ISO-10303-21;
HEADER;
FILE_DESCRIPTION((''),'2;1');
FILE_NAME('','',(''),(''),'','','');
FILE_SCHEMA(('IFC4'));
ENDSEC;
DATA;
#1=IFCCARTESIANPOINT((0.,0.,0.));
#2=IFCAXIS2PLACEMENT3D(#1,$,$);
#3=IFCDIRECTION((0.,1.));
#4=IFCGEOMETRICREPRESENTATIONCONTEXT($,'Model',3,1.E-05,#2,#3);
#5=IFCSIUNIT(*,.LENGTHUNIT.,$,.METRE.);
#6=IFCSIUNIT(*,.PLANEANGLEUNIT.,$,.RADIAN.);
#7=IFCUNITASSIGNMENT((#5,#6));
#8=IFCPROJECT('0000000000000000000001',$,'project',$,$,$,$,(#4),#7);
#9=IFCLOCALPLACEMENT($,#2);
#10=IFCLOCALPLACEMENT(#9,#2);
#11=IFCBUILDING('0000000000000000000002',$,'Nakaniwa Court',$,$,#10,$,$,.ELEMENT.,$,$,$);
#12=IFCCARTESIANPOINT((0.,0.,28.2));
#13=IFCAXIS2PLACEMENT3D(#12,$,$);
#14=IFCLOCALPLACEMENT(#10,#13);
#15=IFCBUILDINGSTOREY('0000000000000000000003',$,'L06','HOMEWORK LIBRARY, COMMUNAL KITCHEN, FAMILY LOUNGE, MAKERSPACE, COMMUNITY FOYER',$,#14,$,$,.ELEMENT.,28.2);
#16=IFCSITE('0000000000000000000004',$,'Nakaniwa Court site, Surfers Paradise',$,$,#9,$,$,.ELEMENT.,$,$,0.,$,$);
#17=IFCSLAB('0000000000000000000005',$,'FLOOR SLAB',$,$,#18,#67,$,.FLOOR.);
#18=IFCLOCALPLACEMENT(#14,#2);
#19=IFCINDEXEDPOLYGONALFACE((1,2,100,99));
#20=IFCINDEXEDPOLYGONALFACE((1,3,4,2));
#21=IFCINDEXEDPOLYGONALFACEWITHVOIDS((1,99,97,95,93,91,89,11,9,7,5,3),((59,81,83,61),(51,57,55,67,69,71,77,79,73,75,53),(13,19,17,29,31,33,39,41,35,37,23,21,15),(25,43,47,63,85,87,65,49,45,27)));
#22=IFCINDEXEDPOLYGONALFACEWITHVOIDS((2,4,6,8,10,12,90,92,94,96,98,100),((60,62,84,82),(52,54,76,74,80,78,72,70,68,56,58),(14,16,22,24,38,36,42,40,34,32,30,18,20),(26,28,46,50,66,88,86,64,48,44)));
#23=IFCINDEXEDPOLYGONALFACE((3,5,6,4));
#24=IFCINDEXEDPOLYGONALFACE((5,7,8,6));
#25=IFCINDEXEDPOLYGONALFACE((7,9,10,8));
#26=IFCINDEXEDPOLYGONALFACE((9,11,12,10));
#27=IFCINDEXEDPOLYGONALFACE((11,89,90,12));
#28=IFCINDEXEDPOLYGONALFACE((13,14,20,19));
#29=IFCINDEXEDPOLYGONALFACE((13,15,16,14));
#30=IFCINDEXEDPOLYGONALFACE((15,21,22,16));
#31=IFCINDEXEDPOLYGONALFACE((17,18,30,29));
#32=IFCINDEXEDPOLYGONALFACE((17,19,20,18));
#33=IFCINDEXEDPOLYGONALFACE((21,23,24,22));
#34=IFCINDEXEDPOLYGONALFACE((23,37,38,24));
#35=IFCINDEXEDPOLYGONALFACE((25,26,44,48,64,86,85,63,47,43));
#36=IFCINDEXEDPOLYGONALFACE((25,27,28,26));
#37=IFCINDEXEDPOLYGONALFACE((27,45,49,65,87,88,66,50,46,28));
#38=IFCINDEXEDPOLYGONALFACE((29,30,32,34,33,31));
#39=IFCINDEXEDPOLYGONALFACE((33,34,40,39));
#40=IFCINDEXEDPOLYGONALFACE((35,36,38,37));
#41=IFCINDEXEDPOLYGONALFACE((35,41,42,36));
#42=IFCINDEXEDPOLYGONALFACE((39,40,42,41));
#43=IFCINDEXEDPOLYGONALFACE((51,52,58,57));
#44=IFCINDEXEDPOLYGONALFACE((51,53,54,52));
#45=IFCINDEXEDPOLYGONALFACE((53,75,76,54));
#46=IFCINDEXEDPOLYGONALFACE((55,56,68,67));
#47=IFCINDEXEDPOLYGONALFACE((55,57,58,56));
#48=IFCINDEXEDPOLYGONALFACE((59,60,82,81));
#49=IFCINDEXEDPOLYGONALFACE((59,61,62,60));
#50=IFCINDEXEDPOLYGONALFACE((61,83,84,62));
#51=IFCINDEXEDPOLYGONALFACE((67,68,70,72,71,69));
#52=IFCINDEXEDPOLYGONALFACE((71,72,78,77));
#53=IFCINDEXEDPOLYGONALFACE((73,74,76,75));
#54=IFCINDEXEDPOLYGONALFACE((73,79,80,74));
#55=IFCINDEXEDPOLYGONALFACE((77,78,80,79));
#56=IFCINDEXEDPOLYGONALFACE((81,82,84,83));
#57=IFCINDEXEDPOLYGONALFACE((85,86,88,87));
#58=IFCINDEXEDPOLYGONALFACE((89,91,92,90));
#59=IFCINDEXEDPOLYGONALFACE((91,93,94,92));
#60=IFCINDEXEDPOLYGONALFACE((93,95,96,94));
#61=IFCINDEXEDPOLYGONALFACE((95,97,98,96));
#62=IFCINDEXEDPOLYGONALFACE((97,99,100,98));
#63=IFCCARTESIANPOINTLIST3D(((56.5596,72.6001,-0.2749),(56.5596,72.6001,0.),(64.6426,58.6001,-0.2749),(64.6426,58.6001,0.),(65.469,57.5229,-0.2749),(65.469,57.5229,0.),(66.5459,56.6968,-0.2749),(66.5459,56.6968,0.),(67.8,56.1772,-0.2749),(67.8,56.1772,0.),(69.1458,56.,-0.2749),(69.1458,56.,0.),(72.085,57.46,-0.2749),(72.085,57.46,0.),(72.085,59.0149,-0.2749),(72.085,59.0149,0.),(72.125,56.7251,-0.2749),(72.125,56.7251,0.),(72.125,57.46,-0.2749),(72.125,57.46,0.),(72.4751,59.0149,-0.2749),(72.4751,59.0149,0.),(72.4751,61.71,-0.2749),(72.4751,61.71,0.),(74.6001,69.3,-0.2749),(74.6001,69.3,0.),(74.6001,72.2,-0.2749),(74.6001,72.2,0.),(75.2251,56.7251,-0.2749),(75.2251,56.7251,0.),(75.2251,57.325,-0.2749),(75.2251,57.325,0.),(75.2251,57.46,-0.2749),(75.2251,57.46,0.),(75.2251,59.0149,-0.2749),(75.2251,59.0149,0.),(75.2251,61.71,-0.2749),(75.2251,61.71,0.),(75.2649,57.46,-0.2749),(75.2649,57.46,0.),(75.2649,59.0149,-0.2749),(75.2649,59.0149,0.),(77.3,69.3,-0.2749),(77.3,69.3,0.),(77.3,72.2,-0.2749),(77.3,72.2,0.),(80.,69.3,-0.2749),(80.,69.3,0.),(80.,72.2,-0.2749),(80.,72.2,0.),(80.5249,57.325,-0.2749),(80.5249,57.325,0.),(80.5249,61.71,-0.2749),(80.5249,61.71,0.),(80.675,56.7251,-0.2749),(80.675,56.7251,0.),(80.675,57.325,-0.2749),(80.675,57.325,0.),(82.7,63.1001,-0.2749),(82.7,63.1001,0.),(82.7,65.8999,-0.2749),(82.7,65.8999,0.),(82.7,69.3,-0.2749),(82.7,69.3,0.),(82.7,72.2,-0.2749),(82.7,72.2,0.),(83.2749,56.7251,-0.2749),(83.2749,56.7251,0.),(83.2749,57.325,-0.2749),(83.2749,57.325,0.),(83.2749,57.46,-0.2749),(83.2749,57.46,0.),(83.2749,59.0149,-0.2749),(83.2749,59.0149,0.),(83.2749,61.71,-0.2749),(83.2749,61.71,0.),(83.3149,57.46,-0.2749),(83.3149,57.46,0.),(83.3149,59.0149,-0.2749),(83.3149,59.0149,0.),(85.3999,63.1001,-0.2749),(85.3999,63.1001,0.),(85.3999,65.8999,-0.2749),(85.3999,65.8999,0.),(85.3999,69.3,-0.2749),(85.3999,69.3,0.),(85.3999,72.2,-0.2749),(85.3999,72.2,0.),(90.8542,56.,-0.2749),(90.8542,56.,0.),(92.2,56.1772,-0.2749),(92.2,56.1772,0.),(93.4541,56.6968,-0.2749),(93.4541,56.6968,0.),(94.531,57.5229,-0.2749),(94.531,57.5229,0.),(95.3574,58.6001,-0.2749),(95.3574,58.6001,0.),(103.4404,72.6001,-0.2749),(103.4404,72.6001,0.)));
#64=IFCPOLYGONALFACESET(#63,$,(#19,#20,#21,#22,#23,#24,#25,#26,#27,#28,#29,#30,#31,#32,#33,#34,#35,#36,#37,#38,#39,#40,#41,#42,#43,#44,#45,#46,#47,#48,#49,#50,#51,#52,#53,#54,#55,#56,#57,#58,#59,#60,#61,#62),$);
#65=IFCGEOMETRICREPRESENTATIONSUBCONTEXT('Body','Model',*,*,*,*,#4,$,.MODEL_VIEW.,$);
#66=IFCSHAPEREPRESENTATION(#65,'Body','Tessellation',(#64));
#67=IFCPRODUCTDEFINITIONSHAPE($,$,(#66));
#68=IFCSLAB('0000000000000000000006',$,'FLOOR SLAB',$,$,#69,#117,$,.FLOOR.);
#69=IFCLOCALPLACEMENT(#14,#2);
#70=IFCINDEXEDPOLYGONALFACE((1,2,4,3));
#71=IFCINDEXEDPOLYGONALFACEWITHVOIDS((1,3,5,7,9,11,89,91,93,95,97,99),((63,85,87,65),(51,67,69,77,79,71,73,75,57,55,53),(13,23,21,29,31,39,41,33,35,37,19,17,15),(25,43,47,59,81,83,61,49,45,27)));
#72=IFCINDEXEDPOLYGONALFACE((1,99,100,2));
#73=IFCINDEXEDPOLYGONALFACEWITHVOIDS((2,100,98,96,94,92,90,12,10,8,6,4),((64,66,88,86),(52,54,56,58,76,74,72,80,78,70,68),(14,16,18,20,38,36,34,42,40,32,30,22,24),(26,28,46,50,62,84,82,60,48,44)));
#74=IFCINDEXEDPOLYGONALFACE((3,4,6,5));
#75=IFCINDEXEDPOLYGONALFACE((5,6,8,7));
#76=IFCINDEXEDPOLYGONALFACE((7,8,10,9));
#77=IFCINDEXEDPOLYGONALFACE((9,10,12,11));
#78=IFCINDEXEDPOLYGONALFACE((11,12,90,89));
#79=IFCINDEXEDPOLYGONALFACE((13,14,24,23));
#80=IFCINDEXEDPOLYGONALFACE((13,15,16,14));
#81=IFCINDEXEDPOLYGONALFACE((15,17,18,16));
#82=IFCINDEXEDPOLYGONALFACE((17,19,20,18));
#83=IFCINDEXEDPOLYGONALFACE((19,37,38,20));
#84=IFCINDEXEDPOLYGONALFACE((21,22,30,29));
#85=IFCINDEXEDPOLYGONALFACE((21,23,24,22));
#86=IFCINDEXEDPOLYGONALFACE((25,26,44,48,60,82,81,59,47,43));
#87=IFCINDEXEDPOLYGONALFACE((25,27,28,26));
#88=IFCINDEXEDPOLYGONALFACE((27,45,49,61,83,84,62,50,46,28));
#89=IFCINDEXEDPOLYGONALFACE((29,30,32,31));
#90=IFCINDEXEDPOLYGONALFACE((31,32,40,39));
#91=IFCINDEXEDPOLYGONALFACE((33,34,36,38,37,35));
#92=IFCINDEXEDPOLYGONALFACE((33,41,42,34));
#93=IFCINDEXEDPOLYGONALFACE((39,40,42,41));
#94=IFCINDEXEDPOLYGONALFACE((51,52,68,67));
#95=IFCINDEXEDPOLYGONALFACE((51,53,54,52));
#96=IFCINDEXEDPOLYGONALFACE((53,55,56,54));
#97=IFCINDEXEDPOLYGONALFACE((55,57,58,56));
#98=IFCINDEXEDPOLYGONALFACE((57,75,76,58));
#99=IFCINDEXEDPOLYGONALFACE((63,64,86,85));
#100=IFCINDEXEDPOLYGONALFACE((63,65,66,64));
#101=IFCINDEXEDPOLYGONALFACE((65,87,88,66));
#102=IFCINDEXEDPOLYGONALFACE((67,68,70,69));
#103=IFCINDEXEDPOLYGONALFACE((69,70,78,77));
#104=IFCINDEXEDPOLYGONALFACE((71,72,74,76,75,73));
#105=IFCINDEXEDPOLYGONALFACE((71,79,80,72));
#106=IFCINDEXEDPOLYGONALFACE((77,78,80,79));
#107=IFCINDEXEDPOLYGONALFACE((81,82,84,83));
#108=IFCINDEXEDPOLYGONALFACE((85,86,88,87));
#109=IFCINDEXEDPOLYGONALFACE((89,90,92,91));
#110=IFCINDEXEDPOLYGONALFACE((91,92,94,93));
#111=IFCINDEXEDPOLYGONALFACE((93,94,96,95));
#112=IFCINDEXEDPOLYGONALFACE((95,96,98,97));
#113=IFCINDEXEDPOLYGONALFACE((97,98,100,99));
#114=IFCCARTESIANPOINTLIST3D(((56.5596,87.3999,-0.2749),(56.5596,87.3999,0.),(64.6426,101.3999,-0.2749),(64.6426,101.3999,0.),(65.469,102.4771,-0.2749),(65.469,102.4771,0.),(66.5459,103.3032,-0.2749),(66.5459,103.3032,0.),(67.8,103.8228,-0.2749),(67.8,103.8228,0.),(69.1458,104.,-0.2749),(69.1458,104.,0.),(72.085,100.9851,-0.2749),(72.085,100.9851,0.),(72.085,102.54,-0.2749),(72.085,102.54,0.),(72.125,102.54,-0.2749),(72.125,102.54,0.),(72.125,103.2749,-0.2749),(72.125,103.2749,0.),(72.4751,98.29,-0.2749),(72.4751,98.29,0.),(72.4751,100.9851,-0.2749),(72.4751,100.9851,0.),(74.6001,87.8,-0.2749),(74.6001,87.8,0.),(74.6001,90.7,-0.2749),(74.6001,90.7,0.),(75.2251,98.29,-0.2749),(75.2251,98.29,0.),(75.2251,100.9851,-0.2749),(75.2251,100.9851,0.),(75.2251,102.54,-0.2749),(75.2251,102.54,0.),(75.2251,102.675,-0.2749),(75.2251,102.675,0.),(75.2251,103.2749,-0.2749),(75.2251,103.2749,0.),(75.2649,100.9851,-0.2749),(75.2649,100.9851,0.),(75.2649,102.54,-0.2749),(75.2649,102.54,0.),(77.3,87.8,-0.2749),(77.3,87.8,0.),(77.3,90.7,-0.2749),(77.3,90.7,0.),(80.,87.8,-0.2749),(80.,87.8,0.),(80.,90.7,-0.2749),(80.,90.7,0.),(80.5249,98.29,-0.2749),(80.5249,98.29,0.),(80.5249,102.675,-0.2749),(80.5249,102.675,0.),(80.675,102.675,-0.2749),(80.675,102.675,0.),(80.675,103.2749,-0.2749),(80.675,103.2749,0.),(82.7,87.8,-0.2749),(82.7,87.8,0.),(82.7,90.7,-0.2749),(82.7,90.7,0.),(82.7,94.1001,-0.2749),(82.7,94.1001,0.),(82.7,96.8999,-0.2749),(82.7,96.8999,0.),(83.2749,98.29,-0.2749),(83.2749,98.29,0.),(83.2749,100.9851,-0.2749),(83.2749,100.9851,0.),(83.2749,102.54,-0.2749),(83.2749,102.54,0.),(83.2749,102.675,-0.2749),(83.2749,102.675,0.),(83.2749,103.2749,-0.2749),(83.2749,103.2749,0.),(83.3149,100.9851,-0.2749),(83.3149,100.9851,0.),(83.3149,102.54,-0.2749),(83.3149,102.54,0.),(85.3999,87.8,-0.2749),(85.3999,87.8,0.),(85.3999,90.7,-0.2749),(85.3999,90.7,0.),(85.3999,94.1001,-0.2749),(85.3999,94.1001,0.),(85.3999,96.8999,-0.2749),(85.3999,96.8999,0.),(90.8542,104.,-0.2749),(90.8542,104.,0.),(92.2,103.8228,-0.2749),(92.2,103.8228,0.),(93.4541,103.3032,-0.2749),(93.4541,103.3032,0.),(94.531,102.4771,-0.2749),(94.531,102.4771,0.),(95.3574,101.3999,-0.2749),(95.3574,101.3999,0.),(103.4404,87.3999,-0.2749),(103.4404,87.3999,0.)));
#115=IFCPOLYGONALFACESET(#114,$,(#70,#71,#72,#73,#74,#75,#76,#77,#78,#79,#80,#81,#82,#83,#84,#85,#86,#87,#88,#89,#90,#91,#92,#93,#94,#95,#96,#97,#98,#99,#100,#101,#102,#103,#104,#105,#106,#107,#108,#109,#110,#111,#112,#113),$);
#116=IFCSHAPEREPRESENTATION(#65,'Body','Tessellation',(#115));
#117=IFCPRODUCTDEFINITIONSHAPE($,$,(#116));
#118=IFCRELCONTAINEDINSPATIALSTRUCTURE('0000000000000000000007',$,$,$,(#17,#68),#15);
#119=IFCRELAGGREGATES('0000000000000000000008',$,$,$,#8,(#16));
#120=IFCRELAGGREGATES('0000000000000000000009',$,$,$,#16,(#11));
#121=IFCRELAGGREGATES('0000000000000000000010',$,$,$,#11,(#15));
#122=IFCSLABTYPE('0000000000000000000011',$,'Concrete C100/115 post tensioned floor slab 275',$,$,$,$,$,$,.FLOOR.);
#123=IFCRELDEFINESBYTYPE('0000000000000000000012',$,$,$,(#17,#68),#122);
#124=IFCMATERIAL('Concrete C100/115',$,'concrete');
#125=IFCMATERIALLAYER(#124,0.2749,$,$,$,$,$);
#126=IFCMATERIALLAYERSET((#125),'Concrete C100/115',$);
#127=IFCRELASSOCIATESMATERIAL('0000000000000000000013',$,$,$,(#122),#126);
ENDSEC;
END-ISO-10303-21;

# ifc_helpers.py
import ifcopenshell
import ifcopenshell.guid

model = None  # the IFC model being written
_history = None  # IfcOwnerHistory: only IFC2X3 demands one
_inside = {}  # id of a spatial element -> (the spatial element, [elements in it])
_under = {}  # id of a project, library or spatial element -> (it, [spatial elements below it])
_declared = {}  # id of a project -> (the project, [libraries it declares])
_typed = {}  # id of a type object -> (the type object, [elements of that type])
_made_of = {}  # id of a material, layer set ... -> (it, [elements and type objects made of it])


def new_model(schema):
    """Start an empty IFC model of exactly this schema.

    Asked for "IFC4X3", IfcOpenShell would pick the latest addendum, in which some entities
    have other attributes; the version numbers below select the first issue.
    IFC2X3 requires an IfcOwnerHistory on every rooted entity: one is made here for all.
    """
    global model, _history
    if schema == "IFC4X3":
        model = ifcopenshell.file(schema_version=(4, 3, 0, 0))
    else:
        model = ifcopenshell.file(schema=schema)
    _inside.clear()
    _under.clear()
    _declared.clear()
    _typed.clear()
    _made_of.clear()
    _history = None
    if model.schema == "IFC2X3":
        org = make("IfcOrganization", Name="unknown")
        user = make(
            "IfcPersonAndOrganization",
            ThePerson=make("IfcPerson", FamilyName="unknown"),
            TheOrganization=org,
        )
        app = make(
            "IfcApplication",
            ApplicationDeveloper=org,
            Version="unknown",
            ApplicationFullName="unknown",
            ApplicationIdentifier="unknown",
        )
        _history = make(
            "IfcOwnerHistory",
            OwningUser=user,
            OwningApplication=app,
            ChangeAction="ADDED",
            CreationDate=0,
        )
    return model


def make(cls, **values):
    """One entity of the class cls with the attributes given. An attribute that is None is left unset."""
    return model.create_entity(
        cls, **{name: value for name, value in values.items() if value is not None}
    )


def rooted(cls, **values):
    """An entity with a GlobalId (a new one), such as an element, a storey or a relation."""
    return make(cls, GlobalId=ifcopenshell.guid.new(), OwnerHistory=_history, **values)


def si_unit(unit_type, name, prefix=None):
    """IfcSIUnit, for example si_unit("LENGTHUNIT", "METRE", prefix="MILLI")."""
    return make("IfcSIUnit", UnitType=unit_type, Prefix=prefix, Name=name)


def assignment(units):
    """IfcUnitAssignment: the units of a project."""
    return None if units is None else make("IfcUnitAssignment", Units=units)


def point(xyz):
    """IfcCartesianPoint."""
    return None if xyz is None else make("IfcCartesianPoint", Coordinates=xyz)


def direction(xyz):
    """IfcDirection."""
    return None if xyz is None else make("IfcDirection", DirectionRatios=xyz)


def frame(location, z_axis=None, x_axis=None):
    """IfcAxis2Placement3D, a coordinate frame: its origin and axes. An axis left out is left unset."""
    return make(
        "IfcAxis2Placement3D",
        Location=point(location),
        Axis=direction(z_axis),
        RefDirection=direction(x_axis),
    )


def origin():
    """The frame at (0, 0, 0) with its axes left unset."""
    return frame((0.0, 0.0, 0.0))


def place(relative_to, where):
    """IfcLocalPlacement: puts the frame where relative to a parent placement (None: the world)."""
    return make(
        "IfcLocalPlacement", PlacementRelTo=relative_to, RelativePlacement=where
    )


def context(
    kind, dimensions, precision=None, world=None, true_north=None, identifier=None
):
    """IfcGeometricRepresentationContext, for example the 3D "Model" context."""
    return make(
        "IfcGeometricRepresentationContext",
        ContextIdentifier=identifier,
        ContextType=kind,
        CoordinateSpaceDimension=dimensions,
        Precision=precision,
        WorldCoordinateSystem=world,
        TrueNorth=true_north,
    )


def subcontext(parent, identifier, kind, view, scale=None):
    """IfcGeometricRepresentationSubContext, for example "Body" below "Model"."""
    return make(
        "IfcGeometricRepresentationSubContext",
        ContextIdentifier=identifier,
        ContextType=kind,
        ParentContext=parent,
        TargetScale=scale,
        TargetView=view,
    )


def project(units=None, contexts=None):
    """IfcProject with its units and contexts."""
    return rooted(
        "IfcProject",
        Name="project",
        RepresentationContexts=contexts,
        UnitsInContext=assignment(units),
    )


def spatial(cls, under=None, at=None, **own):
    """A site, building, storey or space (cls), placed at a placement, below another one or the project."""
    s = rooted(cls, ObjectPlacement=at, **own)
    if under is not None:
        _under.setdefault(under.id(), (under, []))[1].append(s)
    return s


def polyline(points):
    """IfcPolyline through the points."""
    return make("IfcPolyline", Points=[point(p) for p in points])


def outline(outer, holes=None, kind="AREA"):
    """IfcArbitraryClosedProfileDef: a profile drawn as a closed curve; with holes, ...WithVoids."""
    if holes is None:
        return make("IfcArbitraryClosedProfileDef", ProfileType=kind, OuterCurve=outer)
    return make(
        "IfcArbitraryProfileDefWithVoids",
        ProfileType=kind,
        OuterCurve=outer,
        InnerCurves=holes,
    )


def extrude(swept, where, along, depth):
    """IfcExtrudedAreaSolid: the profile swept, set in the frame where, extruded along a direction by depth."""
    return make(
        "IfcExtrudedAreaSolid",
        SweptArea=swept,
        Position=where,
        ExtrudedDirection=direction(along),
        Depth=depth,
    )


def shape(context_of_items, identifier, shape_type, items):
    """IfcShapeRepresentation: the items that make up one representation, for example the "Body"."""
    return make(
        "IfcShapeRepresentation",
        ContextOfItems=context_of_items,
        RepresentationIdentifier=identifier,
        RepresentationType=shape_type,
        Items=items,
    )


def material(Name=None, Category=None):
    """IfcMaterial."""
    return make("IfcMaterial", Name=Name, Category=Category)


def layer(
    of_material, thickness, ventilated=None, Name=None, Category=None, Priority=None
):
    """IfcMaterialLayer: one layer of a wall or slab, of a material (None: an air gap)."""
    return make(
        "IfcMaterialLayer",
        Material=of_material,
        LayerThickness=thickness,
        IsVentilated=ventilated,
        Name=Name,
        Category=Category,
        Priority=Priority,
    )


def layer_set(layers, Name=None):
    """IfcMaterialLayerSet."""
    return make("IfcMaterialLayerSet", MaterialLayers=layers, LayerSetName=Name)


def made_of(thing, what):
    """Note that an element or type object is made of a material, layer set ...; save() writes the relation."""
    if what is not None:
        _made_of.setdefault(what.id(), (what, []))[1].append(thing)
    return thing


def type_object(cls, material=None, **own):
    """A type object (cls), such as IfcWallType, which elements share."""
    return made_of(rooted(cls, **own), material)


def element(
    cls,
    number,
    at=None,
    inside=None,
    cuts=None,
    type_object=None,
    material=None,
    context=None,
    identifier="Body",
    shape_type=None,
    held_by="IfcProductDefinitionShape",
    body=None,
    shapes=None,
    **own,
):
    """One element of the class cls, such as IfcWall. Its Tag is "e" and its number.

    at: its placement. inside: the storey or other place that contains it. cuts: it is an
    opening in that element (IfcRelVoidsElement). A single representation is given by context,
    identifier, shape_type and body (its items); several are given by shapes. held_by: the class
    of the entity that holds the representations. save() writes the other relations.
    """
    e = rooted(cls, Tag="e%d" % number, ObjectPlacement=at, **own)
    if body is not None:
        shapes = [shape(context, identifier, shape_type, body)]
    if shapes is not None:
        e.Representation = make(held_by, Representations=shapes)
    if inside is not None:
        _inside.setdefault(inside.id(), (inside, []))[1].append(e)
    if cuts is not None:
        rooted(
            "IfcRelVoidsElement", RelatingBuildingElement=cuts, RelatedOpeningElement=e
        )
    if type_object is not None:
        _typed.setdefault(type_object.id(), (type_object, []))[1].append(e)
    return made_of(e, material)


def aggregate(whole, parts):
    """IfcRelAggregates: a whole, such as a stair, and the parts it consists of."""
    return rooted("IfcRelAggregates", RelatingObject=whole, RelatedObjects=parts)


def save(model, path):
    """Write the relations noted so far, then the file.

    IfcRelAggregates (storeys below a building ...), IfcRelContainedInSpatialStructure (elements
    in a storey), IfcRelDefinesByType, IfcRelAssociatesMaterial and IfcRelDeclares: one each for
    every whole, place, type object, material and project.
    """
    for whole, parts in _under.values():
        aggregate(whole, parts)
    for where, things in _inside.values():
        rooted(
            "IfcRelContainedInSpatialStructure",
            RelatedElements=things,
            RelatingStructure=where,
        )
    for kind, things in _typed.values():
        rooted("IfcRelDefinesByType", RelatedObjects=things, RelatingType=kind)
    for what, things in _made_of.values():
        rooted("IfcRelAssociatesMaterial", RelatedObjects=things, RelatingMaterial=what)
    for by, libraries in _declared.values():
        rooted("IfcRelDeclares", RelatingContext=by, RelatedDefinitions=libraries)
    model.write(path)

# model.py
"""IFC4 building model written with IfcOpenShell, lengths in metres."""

from ifc_helpers import new_model, si_unit, direction, frame, origin, place, context, subcontext, project, spatial, polyline, outline, extrude, material, layer, layer_set, type_object, element, save


model = new_model("IFC4")

# Units and contexts
model_context = context("Model", 3, precision=1e-05, world=origin(), true_north=direction((0.0, 1.0)))
body_context = subcontext(model_context, "Body", "Model", "MODEL_VIEW")
ifc_project = project(units=[si_unit("LENGTHUNIT", "METRE"), si_unit("PLANEANGLEUNIT", "RADIAN")], contexts=[model_context])

# Site, building, storey
site_placement = place(None, origin())
site = spatial("IfcSite", under=ifc_project, at=site_placement, Name="Nakaniwa Court site, Surfers Paradise", CompositionType="ELEMENT", RefElevation=0.0)
building_placement = place(site_placement, origin())
building = spatial("IfcBuilding", under=site, at=building_placement, Name="Nakaniwa Court", CompositionType="ELEMENT")
storey_placement = place(building_placement, frame((0.0, 0.0, 28.2)))
storey = spatial("IfcBuildingStorey", under=building, at=storey_placement, Name="L06", Description="HOMEWORK LIBRARY, COMMUNAL KITCHEN, FAMILY LOUNGE, MAKERSPACE, COMMUNITY FOYER", CompositionType="ELEMENT", Elevation=28.2)

# Shared definitions
ifc_material_1 = material(Name="Concrete C100/115", Category="concrete")

# Slabs
ifc_layer_1 = layer(ifc_material_1, 0.2749)
ifc_layer_set_1 = layer_set([ifc_layer_1], Name="Concrete C100/115")
slab_type_1 = type_object("IfcSlabType", Name="Concrete C100/115 post tensioned floor slab 275", PredefinedType="FLOOR", material=ifc_layer_set_1)
slab_1_placement = place(storey_placement, frame((0.0, 0.0, -0.2749)))
element("IfcSlab", 1, at=slab_1_placement, inside=storey, type_object=slab_type_1, Name="FLOOR SLAB", PredefinedType="FLOOR", context=body_context, shape_type="SweptSolid", body=[
    extrude(outline(polyline([(95.3574, 58.6001), (103.4404, 72.6001), (56.5596, 72.6001), (64.6426, 58.6001), (65.469, 57.5229), (66.5459, 56.6968), (67.8, 56.1772), (69.1458, 56.0), (90.8542, 56.0), (92.2, 56.1772), (93.4541, 56.6968), (94.531, 57.5229), (95.3574, 58.6001)]), holes=[polyline([(75.2251, 57.325), (75.2251, 57.46), (75.2649, 57.46), (75.2649, 59.0149), (75.2251, 59.0149), (75.2251, 61.71), (72.4751, 61.71), (72.4751, 59.0149), (72.085, 59.0149), (72.085, 57.46), (72.125, 57.46), (72.125, 56.7251), (75.2251, 56.7251), (75.2251, 57.325)]), polyline([(74.6001, 72.2), (74.6001, 69.3), (77.3, 69.3), (80.0, 69.3), (82.7, 69.3), (85.3999, 69.3), (85.3999, 72.2), (82.7, 72.2), (80.0, 72.2), (77.3, 72.2), (74.6001, 72.2)]), polyline([(83.2749, 57.325), (83.2749, 57.46), (83.3149, 57.46), (83.3149, 59.0149), (83.2749, 59.0149), (83.2749, 61.71), (80.5249, 61.71), (80.5249, 57.325), (80.675, 57.325), (80.675, 56.7251), (83.2749, 56.7251), (83.2749, 57.325)]), polyline([(82.7, 65.8999), (82.7, 63.1001), (85.3999, 63.1001), (85.3999, 65.8999), (82.7, 65.8999)])]), origin(), (0.0, 0.0, 1.0), 0.2749),
])
slab_2_placement = place(storey_placement, frame((0.0, 0.0, -0.2749)))
element("IfcSlab", 2, at=slab_2_placement, inside=storey, type_object=slab_type_1, Name="FLOOR SLAB", PredefinedType="FLOOR", context=body_context, shape_type="SweptSolid", body=[
    extrude(outline(polyline([(64.6426, 101.3999), (56.5596, 87.3999), (103.4404, 87.3999), (95.3574, 101.3999), (94.531, 102.4771), (93.4541, 103.3032), (92.2, 103.8228), (90.8542, 104.0), (69.1458, 104.0), (67.8, 103.8228), (66.5459, 103.3032), (65.469, 102.4771), (64.6426, 101.3999)]), holes=[polyline([(85.3999, 87.8), (85.3999, 90.7), (82.7, 90.7), (80.0, 90.7), (77.3, 90.7), (74.6001, 90.7), (74.6001, 87.8), (77.3, 87.8), (80.0, 87.8), (82.7, 87.8), (85.3999, 87.8)]), polyline([(75.2251, 98.29), (75.2251, 100.9851), (75.2649, 100.9851), (75.2649, 102.54), (75.2251, 102.54), (75.2251, 102.675), (75.2251, 103.2749), (72.125, 103.2749), (72.125, 102.54), (72.085, 102.54), (72.085, 100.9851), (72.4751, 100.9851), (72.4751, 98.29), (75.2251, 98.29)]), polyline([(82.7, 96.8999), (82.7, 94.1001), (85.3999, 94.1001), (85.3999, 96.8999), (82.7, 96.8999)]), polyline([(80.5249, 98.29), (83.2749, 98.29), (83.2749, 100.9851), (83.3149, 100.9851), (83.3149, 102.54), (83.2749, 102.54), (83.2749, 102.675), (83.2749, 103.2749), (80.675, 103.2749), (80.675, 102.675), (80.5249, 102.675), (80.5249, 98.29)])]), origin(), (0.0, 0.0, 1.0), 0.2749),
])

save(model, "model.ifc")
